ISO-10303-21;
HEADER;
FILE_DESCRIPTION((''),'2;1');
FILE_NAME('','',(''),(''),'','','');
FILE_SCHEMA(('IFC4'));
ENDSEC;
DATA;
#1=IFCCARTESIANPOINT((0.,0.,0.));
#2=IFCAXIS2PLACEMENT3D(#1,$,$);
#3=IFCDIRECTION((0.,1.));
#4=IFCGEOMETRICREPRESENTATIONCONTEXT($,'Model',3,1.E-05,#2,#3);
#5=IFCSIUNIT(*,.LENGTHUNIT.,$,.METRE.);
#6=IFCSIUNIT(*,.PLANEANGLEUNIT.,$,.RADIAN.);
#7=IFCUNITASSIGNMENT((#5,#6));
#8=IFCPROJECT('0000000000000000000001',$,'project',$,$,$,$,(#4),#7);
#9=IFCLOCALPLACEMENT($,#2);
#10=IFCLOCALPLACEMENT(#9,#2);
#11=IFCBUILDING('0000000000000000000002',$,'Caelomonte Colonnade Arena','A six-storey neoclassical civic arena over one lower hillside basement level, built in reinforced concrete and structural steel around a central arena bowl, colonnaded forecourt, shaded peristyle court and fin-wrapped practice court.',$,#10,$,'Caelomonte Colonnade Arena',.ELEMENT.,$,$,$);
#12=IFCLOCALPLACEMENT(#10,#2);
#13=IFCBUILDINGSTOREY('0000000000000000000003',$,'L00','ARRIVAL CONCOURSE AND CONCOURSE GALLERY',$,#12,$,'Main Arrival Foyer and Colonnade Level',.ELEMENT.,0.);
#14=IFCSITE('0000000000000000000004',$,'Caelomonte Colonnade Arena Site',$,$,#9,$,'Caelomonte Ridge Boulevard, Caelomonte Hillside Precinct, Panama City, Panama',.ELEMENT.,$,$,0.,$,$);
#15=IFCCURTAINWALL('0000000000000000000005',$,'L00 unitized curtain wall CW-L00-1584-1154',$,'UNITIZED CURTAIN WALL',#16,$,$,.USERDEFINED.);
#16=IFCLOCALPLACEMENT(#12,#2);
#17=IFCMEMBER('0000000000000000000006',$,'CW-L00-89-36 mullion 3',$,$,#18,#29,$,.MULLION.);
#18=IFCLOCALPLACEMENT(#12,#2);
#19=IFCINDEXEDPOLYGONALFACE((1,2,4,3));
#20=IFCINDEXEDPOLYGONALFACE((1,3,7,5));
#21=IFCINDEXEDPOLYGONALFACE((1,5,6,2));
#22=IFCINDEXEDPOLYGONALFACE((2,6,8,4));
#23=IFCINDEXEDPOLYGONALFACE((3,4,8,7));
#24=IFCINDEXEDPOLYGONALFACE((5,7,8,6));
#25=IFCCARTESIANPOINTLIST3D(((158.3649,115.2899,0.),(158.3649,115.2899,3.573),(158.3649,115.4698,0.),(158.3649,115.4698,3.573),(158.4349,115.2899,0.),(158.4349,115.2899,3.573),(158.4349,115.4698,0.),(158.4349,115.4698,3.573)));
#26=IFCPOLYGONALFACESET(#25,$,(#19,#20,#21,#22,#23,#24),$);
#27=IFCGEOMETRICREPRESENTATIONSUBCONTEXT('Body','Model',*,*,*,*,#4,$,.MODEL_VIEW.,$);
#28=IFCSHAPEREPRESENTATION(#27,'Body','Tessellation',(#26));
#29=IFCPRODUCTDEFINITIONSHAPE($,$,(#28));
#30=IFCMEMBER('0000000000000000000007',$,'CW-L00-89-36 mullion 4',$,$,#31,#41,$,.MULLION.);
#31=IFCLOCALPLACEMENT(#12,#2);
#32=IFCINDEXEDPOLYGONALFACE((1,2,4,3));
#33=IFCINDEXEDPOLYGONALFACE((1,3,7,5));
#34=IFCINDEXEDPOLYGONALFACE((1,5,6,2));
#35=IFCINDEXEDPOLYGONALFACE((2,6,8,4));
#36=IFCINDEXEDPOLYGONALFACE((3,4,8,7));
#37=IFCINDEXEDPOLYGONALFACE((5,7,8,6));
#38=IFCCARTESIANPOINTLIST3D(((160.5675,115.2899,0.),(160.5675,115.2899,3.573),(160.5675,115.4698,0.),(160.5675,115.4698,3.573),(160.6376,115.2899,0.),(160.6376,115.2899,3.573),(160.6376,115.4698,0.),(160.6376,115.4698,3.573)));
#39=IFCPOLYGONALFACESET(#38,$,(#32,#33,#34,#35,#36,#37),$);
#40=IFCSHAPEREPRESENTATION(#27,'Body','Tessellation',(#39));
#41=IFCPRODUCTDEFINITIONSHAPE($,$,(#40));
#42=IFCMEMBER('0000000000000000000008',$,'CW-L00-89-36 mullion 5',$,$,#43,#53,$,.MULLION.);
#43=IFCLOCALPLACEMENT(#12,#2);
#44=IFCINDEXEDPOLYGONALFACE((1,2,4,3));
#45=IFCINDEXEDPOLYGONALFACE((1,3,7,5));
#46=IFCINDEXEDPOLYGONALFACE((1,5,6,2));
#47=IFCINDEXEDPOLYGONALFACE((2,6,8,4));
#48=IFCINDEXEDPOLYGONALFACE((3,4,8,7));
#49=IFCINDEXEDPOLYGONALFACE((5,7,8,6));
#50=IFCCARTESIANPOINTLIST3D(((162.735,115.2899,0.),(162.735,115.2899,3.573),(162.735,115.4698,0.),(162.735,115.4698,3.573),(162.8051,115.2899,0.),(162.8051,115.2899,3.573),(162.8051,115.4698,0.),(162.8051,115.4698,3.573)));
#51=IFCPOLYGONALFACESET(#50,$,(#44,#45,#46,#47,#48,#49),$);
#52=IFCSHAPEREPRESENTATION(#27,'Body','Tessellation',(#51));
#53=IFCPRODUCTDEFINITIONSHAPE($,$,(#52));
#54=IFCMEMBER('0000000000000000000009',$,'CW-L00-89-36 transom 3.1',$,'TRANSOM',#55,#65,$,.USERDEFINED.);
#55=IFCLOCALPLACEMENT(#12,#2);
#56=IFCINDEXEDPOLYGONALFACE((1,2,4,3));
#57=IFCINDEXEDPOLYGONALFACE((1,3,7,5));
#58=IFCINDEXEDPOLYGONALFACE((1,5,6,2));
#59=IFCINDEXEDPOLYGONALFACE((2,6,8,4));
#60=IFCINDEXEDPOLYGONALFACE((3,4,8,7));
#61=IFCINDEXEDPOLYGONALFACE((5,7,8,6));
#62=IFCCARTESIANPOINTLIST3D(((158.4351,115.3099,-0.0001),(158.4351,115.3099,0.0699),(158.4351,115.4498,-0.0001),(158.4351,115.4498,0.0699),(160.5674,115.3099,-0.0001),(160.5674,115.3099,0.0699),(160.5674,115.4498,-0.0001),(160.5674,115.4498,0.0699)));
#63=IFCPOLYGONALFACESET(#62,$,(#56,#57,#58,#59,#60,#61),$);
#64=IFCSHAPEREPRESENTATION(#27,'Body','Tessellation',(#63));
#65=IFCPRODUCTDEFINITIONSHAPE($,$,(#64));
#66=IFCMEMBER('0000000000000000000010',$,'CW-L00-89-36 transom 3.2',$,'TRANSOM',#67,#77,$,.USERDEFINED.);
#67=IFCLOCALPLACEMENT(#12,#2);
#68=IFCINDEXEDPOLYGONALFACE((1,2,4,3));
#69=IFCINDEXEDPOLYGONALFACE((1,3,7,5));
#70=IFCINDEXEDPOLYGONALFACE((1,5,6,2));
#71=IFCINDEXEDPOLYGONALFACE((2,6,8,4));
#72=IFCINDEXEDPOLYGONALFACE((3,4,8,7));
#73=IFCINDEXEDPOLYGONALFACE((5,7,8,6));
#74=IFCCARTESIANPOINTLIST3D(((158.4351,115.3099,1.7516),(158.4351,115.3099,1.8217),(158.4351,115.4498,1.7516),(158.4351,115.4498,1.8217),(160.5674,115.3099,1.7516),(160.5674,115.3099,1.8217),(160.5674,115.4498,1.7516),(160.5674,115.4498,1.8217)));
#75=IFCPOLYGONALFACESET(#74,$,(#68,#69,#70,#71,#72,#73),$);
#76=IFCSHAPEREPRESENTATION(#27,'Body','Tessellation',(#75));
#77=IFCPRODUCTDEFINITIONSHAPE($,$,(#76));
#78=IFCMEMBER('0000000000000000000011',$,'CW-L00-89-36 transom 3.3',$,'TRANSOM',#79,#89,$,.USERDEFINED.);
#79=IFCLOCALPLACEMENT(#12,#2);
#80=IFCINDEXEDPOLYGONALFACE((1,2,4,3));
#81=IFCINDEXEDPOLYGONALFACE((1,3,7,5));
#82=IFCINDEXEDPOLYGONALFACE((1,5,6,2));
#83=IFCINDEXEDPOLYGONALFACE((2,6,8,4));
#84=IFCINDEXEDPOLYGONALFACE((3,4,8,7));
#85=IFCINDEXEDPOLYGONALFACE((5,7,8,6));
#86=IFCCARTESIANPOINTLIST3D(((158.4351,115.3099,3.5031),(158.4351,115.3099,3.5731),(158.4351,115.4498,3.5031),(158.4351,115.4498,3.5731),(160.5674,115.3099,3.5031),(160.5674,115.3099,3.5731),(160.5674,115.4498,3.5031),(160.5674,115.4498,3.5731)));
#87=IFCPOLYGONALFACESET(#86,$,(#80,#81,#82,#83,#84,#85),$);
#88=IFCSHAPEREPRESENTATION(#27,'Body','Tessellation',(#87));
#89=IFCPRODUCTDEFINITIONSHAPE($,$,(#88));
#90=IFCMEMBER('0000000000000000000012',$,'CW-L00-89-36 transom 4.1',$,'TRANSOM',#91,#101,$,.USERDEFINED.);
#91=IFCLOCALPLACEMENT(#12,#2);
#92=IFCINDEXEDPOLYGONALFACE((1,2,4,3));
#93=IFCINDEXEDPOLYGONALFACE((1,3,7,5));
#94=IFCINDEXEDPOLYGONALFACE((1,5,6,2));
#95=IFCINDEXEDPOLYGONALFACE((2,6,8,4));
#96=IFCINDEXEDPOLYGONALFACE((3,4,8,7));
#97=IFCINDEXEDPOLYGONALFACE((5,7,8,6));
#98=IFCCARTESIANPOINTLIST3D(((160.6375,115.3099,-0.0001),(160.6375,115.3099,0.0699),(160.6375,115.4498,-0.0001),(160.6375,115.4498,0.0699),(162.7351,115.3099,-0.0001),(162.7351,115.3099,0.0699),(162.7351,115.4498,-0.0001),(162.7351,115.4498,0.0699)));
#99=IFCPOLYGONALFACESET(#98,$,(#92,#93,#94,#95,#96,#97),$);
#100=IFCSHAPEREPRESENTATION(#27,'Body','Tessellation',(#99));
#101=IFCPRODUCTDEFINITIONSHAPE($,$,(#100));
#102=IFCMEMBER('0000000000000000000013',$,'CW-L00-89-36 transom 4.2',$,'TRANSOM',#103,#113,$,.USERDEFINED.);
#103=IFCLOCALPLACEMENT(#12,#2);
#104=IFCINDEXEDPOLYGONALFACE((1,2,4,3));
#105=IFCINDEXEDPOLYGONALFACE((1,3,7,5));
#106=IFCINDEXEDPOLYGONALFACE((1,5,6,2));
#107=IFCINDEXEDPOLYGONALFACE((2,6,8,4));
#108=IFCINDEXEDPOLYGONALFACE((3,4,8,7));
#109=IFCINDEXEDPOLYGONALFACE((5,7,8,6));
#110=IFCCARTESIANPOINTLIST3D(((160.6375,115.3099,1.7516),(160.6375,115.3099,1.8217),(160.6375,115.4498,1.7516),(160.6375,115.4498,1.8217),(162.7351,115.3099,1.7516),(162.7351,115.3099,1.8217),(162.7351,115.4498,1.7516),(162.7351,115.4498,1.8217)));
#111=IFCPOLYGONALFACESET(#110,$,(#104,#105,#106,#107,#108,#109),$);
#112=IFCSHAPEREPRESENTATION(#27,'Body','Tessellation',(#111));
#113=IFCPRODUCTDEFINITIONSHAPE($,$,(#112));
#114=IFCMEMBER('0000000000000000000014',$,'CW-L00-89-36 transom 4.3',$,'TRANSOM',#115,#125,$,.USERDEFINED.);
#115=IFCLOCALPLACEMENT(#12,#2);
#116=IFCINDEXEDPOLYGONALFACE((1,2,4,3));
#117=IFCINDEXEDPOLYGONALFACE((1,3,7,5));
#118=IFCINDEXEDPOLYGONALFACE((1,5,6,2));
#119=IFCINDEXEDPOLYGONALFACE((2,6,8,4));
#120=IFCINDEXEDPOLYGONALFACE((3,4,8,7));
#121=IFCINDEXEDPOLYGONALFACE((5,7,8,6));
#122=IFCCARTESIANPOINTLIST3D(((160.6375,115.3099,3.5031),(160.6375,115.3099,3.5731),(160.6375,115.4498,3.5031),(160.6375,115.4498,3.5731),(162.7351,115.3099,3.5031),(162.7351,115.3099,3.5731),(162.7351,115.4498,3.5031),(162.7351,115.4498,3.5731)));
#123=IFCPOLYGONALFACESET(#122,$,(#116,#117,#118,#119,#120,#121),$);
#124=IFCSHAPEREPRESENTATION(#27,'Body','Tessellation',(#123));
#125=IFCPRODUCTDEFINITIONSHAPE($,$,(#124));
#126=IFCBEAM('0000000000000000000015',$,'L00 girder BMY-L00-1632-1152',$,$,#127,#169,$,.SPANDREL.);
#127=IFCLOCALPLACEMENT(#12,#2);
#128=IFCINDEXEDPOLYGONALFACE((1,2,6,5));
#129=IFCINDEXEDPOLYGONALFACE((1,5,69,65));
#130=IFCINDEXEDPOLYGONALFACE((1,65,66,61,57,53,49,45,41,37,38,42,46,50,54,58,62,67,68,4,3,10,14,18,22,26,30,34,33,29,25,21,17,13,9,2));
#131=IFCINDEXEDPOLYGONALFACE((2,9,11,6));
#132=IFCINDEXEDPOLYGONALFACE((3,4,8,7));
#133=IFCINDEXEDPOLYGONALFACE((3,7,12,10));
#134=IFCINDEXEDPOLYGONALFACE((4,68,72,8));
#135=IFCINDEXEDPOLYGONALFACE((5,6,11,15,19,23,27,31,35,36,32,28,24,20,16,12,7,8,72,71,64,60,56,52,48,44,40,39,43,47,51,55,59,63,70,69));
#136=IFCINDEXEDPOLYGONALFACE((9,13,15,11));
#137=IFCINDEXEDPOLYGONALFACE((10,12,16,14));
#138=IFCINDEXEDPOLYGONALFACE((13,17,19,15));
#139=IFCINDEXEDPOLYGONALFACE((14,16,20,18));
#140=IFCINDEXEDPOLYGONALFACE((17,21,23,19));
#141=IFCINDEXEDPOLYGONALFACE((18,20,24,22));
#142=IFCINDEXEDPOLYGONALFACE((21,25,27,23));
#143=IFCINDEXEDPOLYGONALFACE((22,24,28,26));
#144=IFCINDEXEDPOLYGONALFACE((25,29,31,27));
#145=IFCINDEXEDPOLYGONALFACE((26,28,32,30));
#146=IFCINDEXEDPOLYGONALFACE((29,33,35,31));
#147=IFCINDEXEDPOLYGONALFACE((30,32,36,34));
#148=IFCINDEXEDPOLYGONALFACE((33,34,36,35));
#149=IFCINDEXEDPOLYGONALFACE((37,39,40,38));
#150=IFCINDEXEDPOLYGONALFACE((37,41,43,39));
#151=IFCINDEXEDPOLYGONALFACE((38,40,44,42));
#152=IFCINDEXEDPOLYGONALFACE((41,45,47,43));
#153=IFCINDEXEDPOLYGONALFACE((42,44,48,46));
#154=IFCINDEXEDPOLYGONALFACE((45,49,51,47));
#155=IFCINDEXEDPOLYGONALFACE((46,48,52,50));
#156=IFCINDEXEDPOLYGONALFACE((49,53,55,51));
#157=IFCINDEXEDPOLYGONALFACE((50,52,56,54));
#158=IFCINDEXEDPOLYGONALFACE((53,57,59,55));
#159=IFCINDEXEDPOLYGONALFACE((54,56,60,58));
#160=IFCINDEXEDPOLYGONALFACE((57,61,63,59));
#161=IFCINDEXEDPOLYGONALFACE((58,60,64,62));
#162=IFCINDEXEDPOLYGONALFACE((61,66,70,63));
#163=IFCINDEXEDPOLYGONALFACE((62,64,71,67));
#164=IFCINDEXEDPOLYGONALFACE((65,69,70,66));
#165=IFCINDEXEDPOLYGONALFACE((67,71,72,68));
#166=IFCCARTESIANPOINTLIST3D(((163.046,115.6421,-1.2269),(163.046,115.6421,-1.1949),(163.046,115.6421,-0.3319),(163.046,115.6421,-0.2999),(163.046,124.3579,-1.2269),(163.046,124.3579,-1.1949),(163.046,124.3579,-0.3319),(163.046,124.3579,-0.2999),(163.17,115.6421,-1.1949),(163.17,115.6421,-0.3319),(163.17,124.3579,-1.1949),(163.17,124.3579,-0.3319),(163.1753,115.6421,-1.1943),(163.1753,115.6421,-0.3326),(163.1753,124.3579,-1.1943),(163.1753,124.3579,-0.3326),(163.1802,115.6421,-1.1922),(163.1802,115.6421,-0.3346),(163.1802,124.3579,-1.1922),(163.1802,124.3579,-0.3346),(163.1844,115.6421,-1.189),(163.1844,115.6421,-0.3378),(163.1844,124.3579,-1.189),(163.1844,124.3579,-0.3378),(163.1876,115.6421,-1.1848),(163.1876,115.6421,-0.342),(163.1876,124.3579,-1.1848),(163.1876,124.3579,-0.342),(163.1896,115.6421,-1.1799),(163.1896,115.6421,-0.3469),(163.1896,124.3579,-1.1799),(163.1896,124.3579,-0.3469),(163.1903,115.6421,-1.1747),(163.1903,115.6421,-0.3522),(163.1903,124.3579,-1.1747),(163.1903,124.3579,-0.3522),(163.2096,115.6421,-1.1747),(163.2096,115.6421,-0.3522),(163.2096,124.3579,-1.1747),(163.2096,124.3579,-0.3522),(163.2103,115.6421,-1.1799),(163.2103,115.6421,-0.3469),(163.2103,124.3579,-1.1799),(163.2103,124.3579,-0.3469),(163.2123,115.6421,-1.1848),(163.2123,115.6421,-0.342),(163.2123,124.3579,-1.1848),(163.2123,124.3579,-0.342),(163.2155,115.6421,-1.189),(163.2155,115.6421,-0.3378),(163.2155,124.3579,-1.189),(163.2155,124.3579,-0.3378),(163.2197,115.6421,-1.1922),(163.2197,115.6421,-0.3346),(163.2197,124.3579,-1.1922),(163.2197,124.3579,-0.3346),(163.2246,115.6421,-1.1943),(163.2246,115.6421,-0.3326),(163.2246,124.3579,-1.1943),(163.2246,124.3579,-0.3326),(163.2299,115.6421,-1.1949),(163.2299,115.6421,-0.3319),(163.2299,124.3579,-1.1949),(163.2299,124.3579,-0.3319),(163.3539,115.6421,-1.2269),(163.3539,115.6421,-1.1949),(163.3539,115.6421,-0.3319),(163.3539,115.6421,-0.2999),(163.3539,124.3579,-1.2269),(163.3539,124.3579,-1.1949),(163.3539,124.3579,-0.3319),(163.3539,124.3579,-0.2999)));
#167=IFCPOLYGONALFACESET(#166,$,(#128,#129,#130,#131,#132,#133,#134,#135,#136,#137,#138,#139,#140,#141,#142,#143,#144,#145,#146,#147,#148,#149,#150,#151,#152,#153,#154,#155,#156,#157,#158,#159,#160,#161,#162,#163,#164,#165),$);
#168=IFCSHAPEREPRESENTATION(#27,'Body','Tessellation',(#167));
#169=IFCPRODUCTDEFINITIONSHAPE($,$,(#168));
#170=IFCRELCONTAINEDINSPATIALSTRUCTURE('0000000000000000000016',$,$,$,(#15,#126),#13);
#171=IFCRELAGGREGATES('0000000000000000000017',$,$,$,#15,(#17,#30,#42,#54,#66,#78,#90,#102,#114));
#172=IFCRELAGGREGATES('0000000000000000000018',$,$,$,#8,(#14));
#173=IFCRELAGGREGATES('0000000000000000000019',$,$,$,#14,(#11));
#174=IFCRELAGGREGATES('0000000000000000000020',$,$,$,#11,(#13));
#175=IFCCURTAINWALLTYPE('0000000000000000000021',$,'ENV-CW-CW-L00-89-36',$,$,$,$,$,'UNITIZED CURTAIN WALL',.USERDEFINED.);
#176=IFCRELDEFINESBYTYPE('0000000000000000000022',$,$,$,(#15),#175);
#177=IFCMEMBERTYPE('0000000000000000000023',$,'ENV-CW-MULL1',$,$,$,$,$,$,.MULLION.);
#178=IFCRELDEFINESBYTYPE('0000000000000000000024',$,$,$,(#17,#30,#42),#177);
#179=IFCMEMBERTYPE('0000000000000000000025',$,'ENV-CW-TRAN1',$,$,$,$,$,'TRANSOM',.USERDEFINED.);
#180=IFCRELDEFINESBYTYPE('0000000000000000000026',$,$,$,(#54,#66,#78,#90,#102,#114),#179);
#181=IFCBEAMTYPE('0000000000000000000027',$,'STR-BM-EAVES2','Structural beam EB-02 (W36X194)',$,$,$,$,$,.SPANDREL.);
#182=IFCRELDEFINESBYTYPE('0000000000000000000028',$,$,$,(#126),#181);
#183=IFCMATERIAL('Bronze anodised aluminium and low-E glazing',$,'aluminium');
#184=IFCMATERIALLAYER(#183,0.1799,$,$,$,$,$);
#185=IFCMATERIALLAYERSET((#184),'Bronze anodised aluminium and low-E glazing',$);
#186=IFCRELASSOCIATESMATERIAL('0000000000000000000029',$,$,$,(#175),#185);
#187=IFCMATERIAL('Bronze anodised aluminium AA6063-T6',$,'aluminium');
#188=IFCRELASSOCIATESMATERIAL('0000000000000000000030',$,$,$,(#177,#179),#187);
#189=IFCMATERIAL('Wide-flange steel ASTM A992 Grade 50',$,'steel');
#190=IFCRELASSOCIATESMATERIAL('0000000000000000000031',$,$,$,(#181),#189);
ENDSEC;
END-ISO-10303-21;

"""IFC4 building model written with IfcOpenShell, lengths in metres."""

from ifc_helpers import new_model, si_unit, direction, frame, origin, origin_2d, place, context, subcontext, project, spatial, rectangle, i_section, extrude, material, layer, layer_set, material_profile, profile_set, type_object, element, aggregate, save


model = new_model("IFC4")

# Units and contexts
model_context = context("Model", 3, precision=1e-05, world=origin(), true_north=direction((0.0, 1.0)))
body_context = subcontext(model_context, "Body", "Model", "MODEL_VIEW")
ifc_project = project(units=[si_unit("LENGTHUNIT", "METRE"), si_unit("PLANEANGLEUNIT", "RADIAN")], contexts=[model_context])

# Site, building, storey
site_placement = place(None, origin())
site = spatial("IfcSite", under=ifc_project, at=site_placement, Name="Caelomonte Colonnade Arena Site", LongName="Caelomonte Ridge Boulevard, Caelomonte Hillside Precinct, Panama City, Panama", CompositionType="ELEMENT", RefElevation=0.0)
building_placement = place(site_placement, origin())
building = spatial("IfcBuilding", under=site, at=building_placement, Name="Caelomonte Colonnade Arena", Description="A six-storey neoclassical civic arena over one lower hillside basement level, built in reinforced concrete and structural steel around a central arena bowl, colonnaded forecourt, shaded peristyle court and fin-wrapped practice court.", LongName="Caelomonte Colonnade Arena", CompositionType="ELEMENT")
storey_placement = place(building_placement, origin())
storey = spatial("IfcBuildingStorey", under=building, at=storey_placement, Name="L00", Description="ARRIVAL CONCOURSE AND CONCOURSE GALLERY", LongName="Main Arrival Foyer and Colonnade Level", CompositionType="ELEMENT", Elevation=0.0)

# Curtain wall, members
ifc_material_1 = material(Name="Bronze anodised aluminium and low-E glazing", Category="aluminium")
ifc_layer_1 = layer(ifc_material_1, 0.1799)
ifc_layer_set_1 = layer_set([ifc_layer_1], Name="Bronze anodised aluminium and low-E glazing")
curtain_wall_type = type_object("IfcCurtainWallType", Name="ENV-CW-CW-L00-89-36", ElementType="UNITIZED CURTAIN WALL", PredefinedType="USERDEFINED", material=ifc_layer_set_1)
curtain_wall_placement = place(storey_placement, origin())
curtain_wall = element("IfcCurtainWall", 1, at=curtain_wall_placement, inside=storey, type_object=curtain_wall_type, Name="L00 unitized curtain wall CW-L00-1584-1154", ObjectType="UNITIZED CURTAIN WALL", PredefinedType="USERDEFINED")
ifc_material_2 = material(Name="Bronze anodised aluminium AA6063-T6", Category="aluminium")
ifc_material_profile_1 = material_profile(ifc_material_2, rectangle(XDim=0.0701, YDim=0.1799, at=origin_2d()), Name="CWM-70X180")
ifc_profile_set_1 = profile_set([ifc_material_profile_1], Name="Bronze anodised aluminium AA6063-T6")
member_type_1 = type_object("IfcMemberType", Name="ENV-CW-MULL1", PredefinedType="MULLION", material=ifc_profile_set_1)
member_1_placement = place(storey_placement, frame((158.3999, 115.3799, 0.0), z_axis=(0.0, 0.0, 1.0), x_axis=(1.0, 0.0, 0.0)))
member_1 = element("IfcMember", 2, at=member_1_placement, type_object=member_type_1, Name="CW-L00-89-36 mullion 3", PredefinedType="MULLION", context=body_context, shape_type="SweptSolid", body=[
    extrude(rectangle(XDim=0.0701, YDim=0.1799, at=origin_2d()), origin(), (0.0, 0.0, 1.0), 3.573),
])
member_2_placement = place(storey_placement, frame((160.6025, 115.3799, 0.0), z_axis=(0.0, 0.0, 1.0), x_axis=(1.0, 0.0, 0.0)))
member_2 = element("IfcMember", 3, at=member_2_placement, type_object=member_type_1, Name="CW-L00-89-36 mullion 4", PredefinedType="MULLION", context=body_context, shape_type="SweptSolid", body=[
    extrude(rectangle(XDim=0.0701, YDim=0.1799, at=origin_2d()), origin(), (0.0, 0.0, 1.0), 3.573),
])
member_3_placement = place(storey_placement, frame((162.77, 115.3799, 0.0), z_axis=(0.0, 0.0, 1.0), x_axis=(1.0, 0.0, 0.0)))
member_3 = element("IfcMember", 4, at=member_3_placement, type_object=member_type_1, Name="CW-L00-89-36 mullion 5", PredefinedType="MULLION", context=body_context, shape_type="SweptSolid", body=[
    extrude(rectangle(XDim=0.0701, YDim=0.1799, at=origin_2d()), origin(), (0.0, 0.0, 1.0), 3.573),
])
ifc_material_profile_2 = material_profile(ifc_material_2, rectangle(XDim=0.0701, YDim=0.1399, at=origin_2d()), Name="CWT-70X140")
ifc_profile_set_2 = profile_set([ifc_material_profile_2], Name="Bronze anodised aluminium AA6063-T6")
member_type_2 = type_object("IfcMemberType", Name="ENV-CW-TRAN1", ElementType="TRANSOM", PredefinedType="USERDEFINED", material=ifc_profile_set_2)
member_4_placement = place(storey_placement, frame((158.4351, 115.3799, 0.0349), z_axis=(1.0, 0.0, 0.0), x_axis=(0.0, 0.0, 1.0)))
member_4 = element("IfcMember", 5, at=member_4_placement, type_object=member_type_2, Name="CW-L00-89-36 transom 3.1", ObjectType="TRANSOM", PredefinedType="USERDEFINED", context=body_context, shape_type="SweptSolid", body=[
    extrude(rectangle(XDim=0.0701, YDim=0.1399, at=origin_2d()), origin(), (0.0, 0.0, 1.0), 2.1323),
])
member_5_placement = place(storey_placement, frame((158.4351, 115.3799, 1.7866), z_axis=(1.0, 0.0, 0.0), x_axis=(0.0, 0.0, 1.0)))
member_5 = element("IfcMember", 6, at=member_5_placement, type_object=member_type_2, Name="CW-L00-89-36 transom 3.2", ObjectType="TRANSOM", PredefinedType="USERDEFINED", context=body_context, shape_type="SweptSolid", body=[
    extrude(rectangle(XDim=0.0701, YDim=0.1399, at=origin_2d()), origin(), (0.0, 0.0, 1.0), 2.1323),
])
member_6_placement = place(storey_placement, frame((158.4351, 115.3799, 3.5381), z_axis=(1.0, 0.0, 0.0), x_axis=(0.0, 0.0, 1.0)))
member_6 = element("IfcMember", 7, at=member_6_placement, type_object=member_type_2, Name="CW-L00-89-36 transom 3.3", ObjectType="TRANSOM", PredefinedType="USERDEFINED", context=body_context, shape_type="SweptSolid", body=[
    extrude(rectangle(XDim=0.0701, YDim=0.1399, at=origin_2d()), origin(), (0.0, 0.0, 1.0), 2.1323),
])
member_7_placement = place(storey_placement, frame((160.6375, 115.3799, 0.0349), z_axis=(1.0, 0.0, 0.0), x_axis=(0.0, 0.0, 1.0)))
member_7 = element("IfcMember", 8, at=member_7_placement, type_object=member_type_2, Name="CW-L00-89-36 transom 4.1", ObjectType="TRANSOM", PredefinedType="USERDEFINED", context=body_context, shape_type="SweptSolid", body=[
    extrude(rectangle(XDim=0.0701, YDim=0.1399, at=origin_2d()), origin(), (0.0, 0.0, 1.0), 2.0977),
])
member_8_placement = place(storey_placement, frame((160.6375, 115.3799, 1.7866), z_axis=(1.0, 0.0, 0.0), x_axis=(0.0, 0.0, 1.0)))
member_8 = element("IfcMember", 9, at=member_8_placement, type_object=member_type_2, Name="CW-L00-89-36 transom 4.2", ObjectType="TRANSOM", PredefinedType="USERDEFINED", context=body_context, shape_type="SweptSolid", body=[
    extrude(rectangle(XDim=0.0701, YDim=0.1399, at=origin_2d()), origin(), (0.0, 0.0, 1.0), 2.0977),
])
member_9_placement = place(storey_placement, frame((160.6375, 115.3799, 3.5381), z_axis=(1.0, 0.0, 0.0), x_axis=(0.0, 0.0, 1.0)))
member_9 = element("IfcMember", 10, at=member_9_placement, type_object=member_type_2, Name="CW-L00-89-36 transom 4.3", ObjectType="TRANSOM", PredefinedType="USERDEFINED", context=body_context, shape_type="SweptSolid", body=[
    extrude(rectangle(XDim=0.0701, YDim=0.1399, at=origin_2d()), origin(), (0.0, 0.0, 1.0), 2.0977),
])

# Beam
ifc_material_3 = material(Name="Wide-flange steel ASTM A992 Grade 50", Category="steel")
ifc_material_profile_3 = material_profile(ifc_material_3, i_section(OverallWidth=0.3079, OverallDepth=0.927, WebThickness=0.0193, FlangeThickness=0.032, FilletRadius=0.0203, at=origin_2d()), Name="W36X194")
ifc_profile_set_3 = profile_set([ifc_material_profile_3], Name="Wide-flange steel ASTM A992 Grade 50")
beam_type_1 = type_object("IfcBeamType", Name="STR-BM-EAVES2", Description="Structural beam EB-02 (W36X194)", PredefinedType="SPANDREL", material=ifc_profile_set_3)
beam_placement = place(storey_placement, frame((163.2, 115.6421, -0.7634), z_axis=(0.0, 1.0, 0.0), x_axis=(-1.0, 0.0, 0.0)))
element("IfcBeam", 11, at=beam_placement, inside=storey, type_object=beam_type_1, Name="L00 girder BMY-L00-1632-1152", PredefinedType="SPANDREL", context=body_context, shape_type="SweptSolid", body=[
    extrude(i_section(OverallWidth=0.3079, OverallDepth=0.927, WebThickness=0.0193, FlangeThickness=0.032, FilletRadius=0.0203, at=origin_2d()), origin(), (0.0, 0.0, 1.0), 8.7158),
])

aggregate(curtain_wall, [member_1, member_2, member_3, member_4, member_5, member_6, member_7, member_8, member_9])

save(model, "model.ifc")
